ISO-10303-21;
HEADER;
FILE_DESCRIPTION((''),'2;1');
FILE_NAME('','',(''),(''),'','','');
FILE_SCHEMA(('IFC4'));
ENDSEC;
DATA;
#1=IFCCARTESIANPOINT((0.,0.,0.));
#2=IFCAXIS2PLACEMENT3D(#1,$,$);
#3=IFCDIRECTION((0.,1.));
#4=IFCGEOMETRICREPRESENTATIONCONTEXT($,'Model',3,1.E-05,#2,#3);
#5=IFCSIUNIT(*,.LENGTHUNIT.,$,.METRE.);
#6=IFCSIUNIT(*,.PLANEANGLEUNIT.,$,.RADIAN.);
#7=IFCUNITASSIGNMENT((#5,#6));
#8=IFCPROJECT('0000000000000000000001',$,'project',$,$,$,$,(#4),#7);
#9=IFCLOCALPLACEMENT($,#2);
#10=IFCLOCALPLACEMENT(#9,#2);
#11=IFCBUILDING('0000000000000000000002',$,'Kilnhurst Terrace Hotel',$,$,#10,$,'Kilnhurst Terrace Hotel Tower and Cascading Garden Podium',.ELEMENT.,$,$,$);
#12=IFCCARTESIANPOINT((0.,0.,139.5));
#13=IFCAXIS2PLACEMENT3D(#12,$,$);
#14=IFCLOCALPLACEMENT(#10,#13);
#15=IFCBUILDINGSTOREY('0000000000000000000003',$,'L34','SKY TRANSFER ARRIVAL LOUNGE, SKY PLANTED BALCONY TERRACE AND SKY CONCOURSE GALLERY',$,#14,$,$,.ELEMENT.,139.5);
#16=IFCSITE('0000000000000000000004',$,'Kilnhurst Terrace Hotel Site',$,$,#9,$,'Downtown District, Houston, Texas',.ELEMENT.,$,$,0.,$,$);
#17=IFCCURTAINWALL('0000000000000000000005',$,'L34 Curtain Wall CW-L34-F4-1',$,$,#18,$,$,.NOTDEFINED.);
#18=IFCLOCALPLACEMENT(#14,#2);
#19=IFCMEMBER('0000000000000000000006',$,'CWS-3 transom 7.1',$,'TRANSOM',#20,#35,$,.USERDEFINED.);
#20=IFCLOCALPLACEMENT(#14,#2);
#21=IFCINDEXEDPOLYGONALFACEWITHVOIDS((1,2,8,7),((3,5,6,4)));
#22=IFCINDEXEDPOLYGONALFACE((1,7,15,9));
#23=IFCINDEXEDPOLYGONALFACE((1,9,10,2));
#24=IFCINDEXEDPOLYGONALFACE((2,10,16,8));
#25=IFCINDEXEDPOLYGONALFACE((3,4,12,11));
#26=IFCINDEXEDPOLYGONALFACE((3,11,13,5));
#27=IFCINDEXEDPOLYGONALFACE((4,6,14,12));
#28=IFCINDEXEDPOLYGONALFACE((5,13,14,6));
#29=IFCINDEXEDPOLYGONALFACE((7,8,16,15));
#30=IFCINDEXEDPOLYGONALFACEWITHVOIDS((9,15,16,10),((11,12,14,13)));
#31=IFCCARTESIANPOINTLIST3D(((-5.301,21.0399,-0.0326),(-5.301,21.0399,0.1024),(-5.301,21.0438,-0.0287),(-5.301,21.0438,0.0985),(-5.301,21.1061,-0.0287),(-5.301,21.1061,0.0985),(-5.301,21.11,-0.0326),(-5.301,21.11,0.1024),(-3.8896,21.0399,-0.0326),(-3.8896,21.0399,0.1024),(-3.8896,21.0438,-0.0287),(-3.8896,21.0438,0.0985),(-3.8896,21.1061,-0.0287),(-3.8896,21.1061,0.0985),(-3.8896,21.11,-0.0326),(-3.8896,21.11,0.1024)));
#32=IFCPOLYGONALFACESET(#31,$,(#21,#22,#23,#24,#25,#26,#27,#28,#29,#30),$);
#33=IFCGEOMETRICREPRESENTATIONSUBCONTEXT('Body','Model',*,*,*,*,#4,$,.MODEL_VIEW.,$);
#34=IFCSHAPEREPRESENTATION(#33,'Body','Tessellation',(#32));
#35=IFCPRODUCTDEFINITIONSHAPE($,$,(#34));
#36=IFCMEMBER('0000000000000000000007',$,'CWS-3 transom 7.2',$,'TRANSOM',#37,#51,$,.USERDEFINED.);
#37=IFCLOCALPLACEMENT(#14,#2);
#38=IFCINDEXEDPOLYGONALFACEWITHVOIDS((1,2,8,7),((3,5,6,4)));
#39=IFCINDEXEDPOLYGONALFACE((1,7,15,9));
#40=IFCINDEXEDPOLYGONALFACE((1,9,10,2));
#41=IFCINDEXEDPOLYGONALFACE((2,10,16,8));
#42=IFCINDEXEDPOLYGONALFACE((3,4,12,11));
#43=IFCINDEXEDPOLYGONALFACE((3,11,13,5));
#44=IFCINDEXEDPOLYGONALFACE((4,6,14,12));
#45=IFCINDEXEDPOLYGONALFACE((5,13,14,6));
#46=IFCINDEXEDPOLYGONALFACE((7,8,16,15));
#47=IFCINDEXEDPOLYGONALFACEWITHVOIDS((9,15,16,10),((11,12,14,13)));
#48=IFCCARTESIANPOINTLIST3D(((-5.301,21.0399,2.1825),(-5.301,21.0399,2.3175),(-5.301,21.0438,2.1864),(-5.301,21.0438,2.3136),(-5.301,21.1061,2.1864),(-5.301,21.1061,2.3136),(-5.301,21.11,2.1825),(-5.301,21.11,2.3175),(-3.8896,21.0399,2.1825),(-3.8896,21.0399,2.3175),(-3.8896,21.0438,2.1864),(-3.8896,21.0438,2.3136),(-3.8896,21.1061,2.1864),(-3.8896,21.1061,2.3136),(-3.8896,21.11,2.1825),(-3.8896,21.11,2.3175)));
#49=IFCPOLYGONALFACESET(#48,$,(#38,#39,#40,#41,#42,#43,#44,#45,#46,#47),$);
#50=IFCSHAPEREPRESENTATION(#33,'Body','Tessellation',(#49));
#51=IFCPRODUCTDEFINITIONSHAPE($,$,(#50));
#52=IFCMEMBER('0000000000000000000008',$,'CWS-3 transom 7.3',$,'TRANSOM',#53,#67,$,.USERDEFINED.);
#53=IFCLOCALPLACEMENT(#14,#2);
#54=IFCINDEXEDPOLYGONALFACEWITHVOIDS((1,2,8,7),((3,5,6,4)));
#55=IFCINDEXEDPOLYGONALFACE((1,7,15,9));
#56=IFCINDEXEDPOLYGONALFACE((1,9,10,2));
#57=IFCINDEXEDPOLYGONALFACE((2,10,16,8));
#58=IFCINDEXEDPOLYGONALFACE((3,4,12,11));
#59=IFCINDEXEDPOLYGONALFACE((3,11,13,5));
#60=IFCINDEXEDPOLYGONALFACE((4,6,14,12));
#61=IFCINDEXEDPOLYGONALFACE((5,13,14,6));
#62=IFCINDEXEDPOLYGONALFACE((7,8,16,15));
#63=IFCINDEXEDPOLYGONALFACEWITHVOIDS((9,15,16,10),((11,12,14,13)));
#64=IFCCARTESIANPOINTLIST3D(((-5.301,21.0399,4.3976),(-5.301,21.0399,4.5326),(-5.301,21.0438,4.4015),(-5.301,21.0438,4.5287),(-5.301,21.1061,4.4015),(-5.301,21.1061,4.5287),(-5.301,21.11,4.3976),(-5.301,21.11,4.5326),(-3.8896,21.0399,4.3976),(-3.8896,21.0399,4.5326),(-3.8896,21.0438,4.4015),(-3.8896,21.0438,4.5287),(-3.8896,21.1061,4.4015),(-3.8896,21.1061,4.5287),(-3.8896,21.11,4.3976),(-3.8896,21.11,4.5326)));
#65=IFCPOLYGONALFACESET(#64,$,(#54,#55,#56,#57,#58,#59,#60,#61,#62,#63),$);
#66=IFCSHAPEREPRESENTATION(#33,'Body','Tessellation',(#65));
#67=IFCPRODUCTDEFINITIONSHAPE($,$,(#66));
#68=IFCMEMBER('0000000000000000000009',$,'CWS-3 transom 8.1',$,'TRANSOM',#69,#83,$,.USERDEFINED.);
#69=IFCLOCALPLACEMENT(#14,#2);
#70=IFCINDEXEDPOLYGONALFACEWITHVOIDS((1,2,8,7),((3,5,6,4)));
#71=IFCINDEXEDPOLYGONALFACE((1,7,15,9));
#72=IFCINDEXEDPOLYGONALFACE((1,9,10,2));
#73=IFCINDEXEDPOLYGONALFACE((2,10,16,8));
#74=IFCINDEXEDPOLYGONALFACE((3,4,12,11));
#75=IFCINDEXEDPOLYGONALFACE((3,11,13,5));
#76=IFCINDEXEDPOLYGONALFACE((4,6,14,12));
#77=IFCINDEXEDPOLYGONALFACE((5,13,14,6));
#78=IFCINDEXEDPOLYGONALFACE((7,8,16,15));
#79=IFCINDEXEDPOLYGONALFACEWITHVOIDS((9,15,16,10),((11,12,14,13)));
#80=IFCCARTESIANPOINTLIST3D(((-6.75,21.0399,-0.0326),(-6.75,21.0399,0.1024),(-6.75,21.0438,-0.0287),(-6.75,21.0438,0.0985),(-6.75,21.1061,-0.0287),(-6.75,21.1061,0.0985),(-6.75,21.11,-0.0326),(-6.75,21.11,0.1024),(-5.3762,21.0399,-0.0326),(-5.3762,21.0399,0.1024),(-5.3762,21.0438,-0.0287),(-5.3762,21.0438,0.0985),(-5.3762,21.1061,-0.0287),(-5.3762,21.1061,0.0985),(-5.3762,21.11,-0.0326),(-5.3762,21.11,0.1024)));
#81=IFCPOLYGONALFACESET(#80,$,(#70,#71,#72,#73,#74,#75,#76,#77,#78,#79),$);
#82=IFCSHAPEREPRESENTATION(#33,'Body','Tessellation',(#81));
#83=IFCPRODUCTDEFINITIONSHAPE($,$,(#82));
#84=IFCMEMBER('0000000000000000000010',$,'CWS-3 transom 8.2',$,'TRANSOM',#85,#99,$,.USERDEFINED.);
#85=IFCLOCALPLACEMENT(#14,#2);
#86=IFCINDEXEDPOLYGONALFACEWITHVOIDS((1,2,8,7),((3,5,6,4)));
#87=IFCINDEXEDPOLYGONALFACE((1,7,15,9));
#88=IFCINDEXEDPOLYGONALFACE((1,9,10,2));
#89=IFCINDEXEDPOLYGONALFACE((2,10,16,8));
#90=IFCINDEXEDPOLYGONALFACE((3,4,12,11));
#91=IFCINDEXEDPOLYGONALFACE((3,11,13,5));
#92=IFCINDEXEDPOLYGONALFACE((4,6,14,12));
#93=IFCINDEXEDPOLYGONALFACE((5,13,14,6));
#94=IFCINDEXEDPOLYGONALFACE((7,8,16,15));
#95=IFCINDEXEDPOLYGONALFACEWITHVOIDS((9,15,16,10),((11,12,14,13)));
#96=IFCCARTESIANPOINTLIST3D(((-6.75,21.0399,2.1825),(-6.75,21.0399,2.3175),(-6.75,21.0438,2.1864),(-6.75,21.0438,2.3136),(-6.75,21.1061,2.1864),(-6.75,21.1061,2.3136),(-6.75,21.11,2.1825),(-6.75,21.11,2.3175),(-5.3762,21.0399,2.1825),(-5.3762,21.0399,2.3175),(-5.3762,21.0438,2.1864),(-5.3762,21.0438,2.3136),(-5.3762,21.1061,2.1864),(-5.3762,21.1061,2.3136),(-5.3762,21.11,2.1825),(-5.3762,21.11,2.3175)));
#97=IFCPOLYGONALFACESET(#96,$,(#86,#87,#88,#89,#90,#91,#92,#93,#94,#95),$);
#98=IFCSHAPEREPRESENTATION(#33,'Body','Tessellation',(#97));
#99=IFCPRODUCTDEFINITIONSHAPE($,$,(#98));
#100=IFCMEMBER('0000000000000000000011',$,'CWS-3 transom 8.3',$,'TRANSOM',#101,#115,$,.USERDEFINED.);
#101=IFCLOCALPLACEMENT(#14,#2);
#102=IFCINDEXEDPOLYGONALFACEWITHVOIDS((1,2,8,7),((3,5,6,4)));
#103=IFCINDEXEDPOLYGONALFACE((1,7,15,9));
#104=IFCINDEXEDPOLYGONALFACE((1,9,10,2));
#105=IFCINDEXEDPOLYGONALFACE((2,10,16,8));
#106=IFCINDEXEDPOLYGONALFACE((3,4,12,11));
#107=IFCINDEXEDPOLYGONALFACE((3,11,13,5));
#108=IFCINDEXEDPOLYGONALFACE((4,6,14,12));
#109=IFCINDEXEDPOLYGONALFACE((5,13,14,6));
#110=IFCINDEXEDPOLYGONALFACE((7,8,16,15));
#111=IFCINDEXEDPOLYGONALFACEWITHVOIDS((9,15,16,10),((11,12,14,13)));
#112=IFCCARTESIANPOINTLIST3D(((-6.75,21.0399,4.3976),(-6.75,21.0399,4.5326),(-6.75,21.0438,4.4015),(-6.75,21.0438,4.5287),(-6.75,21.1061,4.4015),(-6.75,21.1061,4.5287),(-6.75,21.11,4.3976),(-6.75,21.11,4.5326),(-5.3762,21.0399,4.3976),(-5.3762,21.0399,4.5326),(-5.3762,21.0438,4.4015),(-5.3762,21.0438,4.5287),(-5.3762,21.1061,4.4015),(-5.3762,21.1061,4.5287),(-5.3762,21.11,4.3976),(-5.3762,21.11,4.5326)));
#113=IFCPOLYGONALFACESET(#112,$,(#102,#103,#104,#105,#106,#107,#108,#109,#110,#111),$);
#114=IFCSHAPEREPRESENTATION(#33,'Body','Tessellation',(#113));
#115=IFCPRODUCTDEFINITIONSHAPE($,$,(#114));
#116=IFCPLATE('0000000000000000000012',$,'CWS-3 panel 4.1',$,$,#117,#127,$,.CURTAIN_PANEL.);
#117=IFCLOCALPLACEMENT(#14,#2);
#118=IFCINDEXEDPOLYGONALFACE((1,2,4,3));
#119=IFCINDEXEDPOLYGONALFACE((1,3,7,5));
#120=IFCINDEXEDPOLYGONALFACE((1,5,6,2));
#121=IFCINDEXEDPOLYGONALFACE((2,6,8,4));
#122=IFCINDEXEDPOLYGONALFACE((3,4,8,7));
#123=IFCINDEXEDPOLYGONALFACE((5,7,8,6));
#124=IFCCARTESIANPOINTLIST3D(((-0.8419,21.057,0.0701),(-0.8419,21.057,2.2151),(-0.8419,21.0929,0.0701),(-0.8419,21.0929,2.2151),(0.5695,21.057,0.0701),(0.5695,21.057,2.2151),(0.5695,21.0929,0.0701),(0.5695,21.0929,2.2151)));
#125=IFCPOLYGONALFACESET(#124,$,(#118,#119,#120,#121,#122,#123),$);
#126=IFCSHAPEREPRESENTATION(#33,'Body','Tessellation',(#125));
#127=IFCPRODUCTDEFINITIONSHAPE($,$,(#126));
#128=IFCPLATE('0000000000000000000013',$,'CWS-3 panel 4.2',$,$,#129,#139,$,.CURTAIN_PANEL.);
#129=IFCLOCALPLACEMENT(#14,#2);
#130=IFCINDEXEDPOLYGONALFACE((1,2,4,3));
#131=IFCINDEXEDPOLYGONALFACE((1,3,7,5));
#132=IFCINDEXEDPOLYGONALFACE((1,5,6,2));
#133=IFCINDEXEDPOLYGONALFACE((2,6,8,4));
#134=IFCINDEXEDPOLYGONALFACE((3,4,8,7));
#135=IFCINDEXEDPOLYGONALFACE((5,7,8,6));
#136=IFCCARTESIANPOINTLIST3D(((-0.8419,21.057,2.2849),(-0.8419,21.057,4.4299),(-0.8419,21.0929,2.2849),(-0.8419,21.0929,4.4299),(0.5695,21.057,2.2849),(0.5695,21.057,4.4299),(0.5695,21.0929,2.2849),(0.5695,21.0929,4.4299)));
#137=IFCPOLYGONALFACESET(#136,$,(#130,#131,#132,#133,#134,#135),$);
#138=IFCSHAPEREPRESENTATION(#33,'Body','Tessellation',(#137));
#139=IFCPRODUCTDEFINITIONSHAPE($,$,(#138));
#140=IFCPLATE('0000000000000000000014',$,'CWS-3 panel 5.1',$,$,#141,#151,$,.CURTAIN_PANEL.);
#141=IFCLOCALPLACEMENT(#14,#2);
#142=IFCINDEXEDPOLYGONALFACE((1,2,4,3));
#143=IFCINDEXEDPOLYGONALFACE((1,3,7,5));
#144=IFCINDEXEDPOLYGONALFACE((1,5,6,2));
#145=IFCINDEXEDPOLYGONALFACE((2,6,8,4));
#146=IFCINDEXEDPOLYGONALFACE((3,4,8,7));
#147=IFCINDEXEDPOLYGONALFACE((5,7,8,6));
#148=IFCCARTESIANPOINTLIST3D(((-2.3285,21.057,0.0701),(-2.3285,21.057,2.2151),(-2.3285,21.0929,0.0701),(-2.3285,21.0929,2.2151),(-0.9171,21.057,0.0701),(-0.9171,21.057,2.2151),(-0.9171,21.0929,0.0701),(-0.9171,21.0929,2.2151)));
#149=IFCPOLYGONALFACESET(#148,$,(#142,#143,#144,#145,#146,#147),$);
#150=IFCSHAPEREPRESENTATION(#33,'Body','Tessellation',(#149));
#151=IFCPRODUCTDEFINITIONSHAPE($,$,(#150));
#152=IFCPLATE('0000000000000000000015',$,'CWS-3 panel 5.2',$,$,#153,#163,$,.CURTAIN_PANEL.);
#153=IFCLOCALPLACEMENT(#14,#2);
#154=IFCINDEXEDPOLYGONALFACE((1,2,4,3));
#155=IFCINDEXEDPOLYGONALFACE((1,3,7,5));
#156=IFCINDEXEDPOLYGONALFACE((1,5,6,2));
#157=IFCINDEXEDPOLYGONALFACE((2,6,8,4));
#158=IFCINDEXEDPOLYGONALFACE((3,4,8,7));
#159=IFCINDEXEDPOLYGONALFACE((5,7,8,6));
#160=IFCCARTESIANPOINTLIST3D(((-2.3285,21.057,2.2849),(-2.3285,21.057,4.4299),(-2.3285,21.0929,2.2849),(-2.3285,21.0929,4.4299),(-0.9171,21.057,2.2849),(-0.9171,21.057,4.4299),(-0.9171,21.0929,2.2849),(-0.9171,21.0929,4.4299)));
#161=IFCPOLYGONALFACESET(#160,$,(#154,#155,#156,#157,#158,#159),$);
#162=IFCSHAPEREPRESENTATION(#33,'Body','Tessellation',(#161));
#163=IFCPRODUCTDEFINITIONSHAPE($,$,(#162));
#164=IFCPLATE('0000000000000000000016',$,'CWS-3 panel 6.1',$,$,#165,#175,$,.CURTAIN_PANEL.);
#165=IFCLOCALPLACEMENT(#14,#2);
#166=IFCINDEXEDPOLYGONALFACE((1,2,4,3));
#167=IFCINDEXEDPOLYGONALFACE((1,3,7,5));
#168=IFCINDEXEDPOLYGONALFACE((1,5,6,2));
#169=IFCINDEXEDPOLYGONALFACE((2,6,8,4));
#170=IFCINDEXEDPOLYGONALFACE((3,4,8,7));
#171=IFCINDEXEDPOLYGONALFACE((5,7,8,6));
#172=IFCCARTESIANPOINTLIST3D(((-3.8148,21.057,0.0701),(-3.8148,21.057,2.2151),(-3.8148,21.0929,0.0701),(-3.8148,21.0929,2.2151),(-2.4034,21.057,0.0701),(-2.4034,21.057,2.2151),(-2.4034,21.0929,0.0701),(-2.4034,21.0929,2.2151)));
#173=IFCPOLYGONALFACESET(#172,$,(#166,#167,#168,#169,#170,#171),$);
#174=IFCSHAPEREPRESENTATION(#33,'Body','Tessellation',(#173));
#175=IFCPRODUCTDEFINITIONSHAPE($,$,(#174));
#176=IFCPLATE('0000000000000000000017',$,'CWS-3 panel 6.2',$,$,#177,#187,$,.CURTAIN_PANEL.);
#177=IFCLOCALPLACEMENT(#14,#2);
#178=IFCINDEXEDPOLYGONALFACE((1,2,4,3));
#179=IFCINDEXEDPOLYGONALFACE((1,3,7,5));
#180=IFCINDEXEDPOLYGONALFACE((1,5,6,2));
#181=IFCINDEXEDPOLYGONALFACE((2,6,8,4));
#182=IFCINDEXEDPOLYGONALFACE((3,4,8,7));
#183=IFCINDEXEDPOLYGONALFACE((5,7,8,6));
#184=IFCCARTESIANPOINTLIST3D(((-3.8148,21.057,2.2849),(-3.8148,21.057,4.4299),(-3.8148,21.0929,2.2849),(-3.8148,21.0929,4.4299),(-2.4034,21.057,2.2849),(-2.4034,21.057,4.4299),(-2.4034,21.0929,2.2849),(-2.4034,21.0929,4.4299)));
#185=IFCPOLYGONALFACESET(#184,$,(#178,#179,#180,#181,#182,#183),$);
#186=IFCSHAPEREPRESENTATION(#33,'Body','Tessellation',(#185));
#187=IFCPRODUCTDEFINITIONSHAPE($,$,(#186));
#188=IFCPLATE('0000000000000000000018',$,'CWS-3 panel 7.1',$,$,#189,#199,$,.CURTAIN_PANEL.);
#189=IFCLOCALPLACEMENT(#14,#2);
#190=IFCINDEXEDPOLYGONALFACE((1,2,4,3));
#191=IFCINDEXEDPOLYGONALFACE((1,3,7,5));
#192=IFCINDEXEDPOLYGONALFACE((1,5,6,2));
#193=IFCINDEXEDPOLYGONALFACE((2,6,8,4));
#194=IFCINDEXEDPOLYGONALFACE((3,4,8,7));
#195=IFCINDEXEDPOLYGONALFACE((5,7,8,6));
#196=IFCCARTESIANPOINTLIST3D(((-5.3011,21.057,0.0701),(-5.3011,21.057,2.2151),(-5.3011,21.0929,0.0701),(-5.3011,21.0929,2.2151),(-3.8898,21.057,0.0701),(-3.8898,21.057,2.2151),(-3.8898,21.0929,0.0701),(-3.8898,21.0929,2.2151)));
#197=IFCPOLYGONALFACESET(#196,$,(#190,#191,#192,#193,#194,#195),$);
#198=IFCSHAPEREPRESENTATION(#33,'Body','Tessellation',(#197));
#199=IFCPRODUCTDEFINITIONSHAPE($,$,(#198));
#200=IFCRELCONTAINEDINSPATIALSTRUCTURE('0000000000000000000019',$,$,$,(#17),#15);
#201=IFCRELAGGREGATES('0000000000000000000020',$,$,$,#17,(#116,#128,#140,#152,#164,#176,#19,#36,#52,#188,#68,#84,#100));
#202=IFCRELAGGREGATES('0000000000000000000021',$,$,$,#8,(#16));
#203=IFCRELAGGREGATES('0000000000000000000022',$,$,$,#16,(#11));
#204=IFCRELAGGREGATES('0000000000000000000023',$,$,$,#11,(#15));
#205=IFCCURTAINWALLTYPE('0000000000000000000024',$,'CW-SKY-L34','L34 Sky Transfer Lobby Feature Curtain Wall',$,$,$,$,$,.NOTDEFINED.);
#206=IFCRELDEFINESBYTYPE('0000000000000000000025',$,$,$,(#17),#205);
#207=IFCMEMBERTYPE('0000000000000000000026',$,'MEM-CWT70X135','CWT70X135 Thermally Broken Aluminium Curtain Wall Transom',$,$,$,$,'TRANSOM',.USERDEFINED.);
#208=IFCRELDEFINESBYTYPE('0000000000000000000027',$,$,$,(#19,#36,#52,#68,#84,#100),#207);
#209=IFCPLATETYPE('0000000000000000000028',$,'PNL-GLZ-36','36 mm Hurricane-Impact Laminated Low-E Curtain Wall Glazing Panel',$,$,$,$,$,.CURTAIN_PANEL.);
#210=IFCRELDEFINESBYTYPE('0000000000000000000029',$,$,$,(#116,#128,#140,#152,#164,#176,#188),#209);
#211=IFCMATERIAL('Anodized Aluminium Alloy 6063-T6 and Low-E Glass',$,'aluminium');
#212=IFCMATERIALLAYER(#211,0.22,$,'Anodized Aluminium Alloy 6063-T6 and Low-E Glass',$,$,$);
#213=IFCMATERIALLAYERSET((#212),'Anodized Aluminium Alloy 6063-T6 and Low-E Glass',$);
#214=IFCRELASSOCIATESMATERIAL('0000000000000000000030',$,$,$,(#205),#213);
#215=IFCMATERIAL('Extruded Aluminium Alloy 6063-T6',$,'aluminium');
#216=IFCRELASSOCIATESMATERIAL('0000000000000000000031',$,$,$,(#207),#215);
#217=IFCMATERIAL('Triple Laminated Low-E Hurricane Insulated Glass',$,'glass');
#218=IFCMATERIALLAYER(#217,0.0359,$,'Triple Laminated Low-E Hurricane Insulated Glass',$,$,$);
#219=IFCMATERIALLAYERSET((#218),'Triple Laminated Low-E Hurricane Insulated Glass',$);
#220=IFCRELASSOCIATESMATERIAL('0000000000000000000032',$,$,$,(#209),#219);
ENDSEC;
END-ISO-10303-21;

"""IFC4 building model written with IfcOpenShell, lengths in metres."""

from ifc_helpers import new_model, si_unit, direction, frame, origin, origin_2d, place, context, subcontext, project, spatial, rectangle, hollow_rectangle, extrude, material, layer, layer_set, material_profile, profile_set, type_object, element, aggregate, save


model = new_model("IFC4")

# Units and contexts
model_context = context("Model", 3, precision=1e-05, world=origin(), true_north=direction((0.0, 1.0)))
body_context = subcontext(model_context, "Body", "Model", "MODEL_VIEW")
ifc_project = project(units=[si_unit("LENGTHUNIT", "METRE"), si_unit("PLANEANGLEUNIT", "RADIAN")], contexts=[model_context])

# Site, building, storey
site_placement = place(None, origin())
site = spatial("IfcSite", under=ifc_project, at=site_placement, Name="Kilnhurst Terrace Hotel Site", LongName="Downtown District, Houston, Texas", CompositionType="ELEMENT", RefElevation=0.0)
building_placement = place(site_placement, origin())
building = spatial("IfcBuilding", under=site, at=building_placement, Name="Kilnhurst Terrace Hotel", LongName="Kilnhurst Terrace Hotel Tower and Cascading Garden Podium", CompositionType="ELEMENT")
storey_placement = place(building_placement, frame((0.0, 0.0, 139.5)))
storey = spatial("IfcBuildingStorey", under=building, at=storey_placement, Name="L34", Description="SKY TRANSFER ARRIVAL LOUNGE, SKY PLANTED BALCONY TERRACE AND SKY CONCOURSE GALLERY", CompositionType="ELEMENT", Elevation=139.5)

# Curtain wall, members, plates
ifc_material_1 = material(Name="Anodized Aluminium Alloy 6063-T6 and Low-E Glass", Category="aluminium")
ifc_layer_1 = layer(ifc_material_1, 0.22, Name="Anodized Aluminium Alloy 6063-T6 and Low-E Glass")
ifc_layer_set_1 = layer_set([ifc_layer_1], Name="Anodized Aluminium Alloy 6063-T6 and Low-E Glass")
curtain_wall_type = type_object("IfcCurtainWallType", Name="CW-SKY-L34", Description="L34 Sky Transfer Lobby Feature Curtain Wall", PredefinedType="NOTDEFINED", material=ifc_layer_set_1)
curtain_wall_placement = place(storey_placement, origin())
curtain_wall = element("IfcCurtainWall", 1, at=curtain_wall_placement, inside=storey, type_object=curtain_wall_type, Name="L34 Curtain Wall CW-L34-F4-1", PredefinedType="NOTDEFINED")
ifc_material_2 = material(Name="Extruded Aluminium Alloy 6063-T6", Category="aluminium")
ifc_material_profile_1 = material_profile(ifc_material_2, hollow_rectangle(XDim=0.0701, YDim=0.135, WallThickness=0.0039, at=origin_2d()), Name="CWT70X135")
ifc_profile_set_1 = profile_set([ifc_material_profile_1], Name="Extruded Aluminium Alloy 6063-T6")
member_type_1 = type_object("IfcMemberType", Name="MEM-CWT70X135", Description="CWT70X135 Thermally Broken Aluminium Curtain Wall Transom", ElementType="TRANSOM", PredefinedType="USERDEFINED", material=ifc_profile_set_1)
member_1_placement = place(storey_placement, frame((-3.8896, 21.075, 0.0349), z_axis=(-1.0, 0.0, 0.0), x_axis=(0.0, -1.0, 0.0)))
member_1 = element("IfcMember", 2, at=member_1_placement, type_object=member_type_1, Name="CWS-3 transom 7.1", ObjectType="TRANSOM", PredefinedType="USERDEFINED", context=body_context, shape_type="SweptSolid", body=[
    extrude(hollow_rectangle(XDim=0.0701, YDim=0.135, WallThickness=0.0039, at=origin_2d()), origin(), (0.0, 0.0, 1.0), 1.4114),
])
member_2_placement = place(storey_placement, frame((-3.8896, 21.075, 2.25), z_axis=(-1.0, 0.0, 0.0), x_axis=(0.0, -1.0, 0.0)))
member_2 = element("IfcMember", 3, at=member_2_placement, type_object=member_type_1, Name="CWS-3 transom 7.2", ObjectType="TRANSOM", PredefinedType="USERDEFINED", context=body_context, shape_type="SweptSolid", body=[
    extrude(hollow_rectangle(XDim=0.0701, YDim=0.135, WallThickness=0.0039, at=origin_2d()), origin(), (0.0, 0.0, 1.0), 1.4114),
])
member_3_placement = place(storey_placement, frame((-3.8896, 21.075, 4.4651), z_axis=(-1.0, 0.0, 0.0), x_axis=(0.0, -1.0, 0.0)))
member_3 = element("IfcMember", 4, at=member_3_placement, type_object=member_type_1, Name="CWS-3 transom 7.3", ObjectType="TRANSOM", PredefinedType="USERDEFINED", context=body_context, shape_type="SweptSolid", body=[
    extrude(hollow_rectangle(XDim=0.0701, YDim=0.135, WallThickness=0.0039, at=origin_2d()), origin(), (0.0, 0.0, 1.0), 1.4114),
])
member_4_placement = place(storey_placement, frame((-5.3762, 21.075, 0.0349), z_axis=(-1.0, 0.0, 0.0), x_axis=(0.0, -1.0, 0.0)))
member_4 = element("IfcMember", 5, at=member_4_placement, type_object=member_type_1, Name="CWS-3 transom 8.1", ObjectType="TRANSOM", PredefinedType="USERDEFINED", context=body_context, shape_type="SweptSolid", body=[
    extrude(hollow_rectangle(XDim=0.0701, YDim=0.135, WallThickness=0.0039, at=origin_2d()), origin(), (0.0, 0.0, 1.0), 1.3738),
])
member_5_placement = place(storey_placement, frame((-5.3762, 21.075, 2.25), z_axis=(-1.0, 0.0, 0.0), x_axis=(0.0, -1.0, 0.0)))
member_5 = element("IfcMember", 6, at=member_5_placement, type_object=member_type_1, Name="CWS-3 transom 8.2", ObjectType="TRANSOM", PredefinedType="USERDEFINED", context=body_context, shape_type="SweptSolid", body=[
    extrude(hollow_rectangle(XDim=0.0701, YDim=0.135, WallThickness=0.0039, at=origin_2d()), origin(), (0.0, 0.0, 1.0), 1.3738),
])
member_6_placement = place(storey_placement, frame((-5.3762, 21.075, 4.4651), z_axis=(-1.0, 0.0, 0.0), x_axis=(0.0, -1.0, 0.0)))
member_6 = element("IfcMember", 7, at=member_6_placement, type_object=member_type_1, Name="CWS-3 transom 8.3", ObjectType="TRANSOM", PredefinedType="USERDEFINED", context=body_context, shape_type="SweptSolid", body=[
    extrude(hollow_rectangle(XDim=0.0701, YDim=0.135, WallThickness=0.0039, at=origin_2d()), origin(), (0.0, 0.0, 1.0), 1.3738),
])
ifc_material_3 = material(Name="Triple Laminated Low-E Hurricane Insulated Glass", Category="glass")
ifc_layer_2 = layer(ifc_material_3, 0.0359, Name="Triple Laminated Low-E Hurricane Insulated Glass")
ifc_layer_set_2 = layer_set([ifc_layer_2], Name="Triple Laminated Low-E Hurricane Insulated Glass")
plate_type = type_object("IfcPlateType", Name="PNL-GLZ-36", Description="36 mm Hurricane-Impact Laminated Low-E Curtain Wall Glazing Panel", PredefinedType="CURTAIN_PANEL", material=ifc_layer_set_2)
plate_1_placement = place(storey_placement, frame((-0.1362, 21.075, 0.0701), z_axis=(0.0, 0.0, 1.0), x_axis=(-1.0, 0.0, 0.0)))
plate_1 = element("IfcPlate", 8, at=plate_1_placement, type_object=plate_type, Name="CWS-3 panel 4.1", PredefinedType="CURTAIN_PANEL", context=body_context, shape_type="SweptSolid", body=[
    extrude(rectangle(XDim=1.4114, YDim=0.0359, at=origin_2d()), origin(), (0.0, 0.0, 1.0), 2.145),
])
plate_2_placement = place(storey_placement, frame((-0.1362, 21.075, 2.2849), z_axis=(0.0, 0.0, 1.0), x_axis=(-1.0, 0.0, 0.0)))
plate_2 = element("IfcPlate", 9, at=plate_2_placement, type_object=plate_type, Name="CWS-3 panel 4.2", PredefinedType="CURTAIN_PANEL", context=body_context, shape_type="SweptSolid", body=[
    extrude(rectangle(XDim=1.4114, YDim=0.0359, at=origin_2d()), origin(), (0.0, 0.0, 1.0), 2.145),
])
plate_3_placement = place(storey_placement, frame((-1.6228, 21.075, 0.0701), z_axis=(0.0, 0.0, 1.0), x_axis=(-1.0, 0.0, 0.0)))
plate_3 = element("IfcPlate", 10, at=plate_3_placement, type_object=plate_type, Name="CWS-3 panel 5.1", PredefinedType="CURTAIN_PANEL", context=body_context, shape_type="SweptSolid", body=[
    extrude(rectangle(XDim=1.4114, YDim=0.0359, at=origin_2d()), origin(), (0.0, 0.0, 1.0), 2.145),
])
plate_4_placement = place(storey_placement, frame((-1.6228, 21.075, 2.2849), z_axis=(0.0, 0.0, 1.0), x_axis=(-1.0, 0.0, 0.0)))
plate_4 = element("IfcPlate", 11, at=plate_4_placement, type_object=plate_type, Name="CWS-3 panel 5.2", PredefinedType="CURTAIN_PANEL", context=body_context, shape_type="SweptSolid", body=[
    extrude(rectangle(XDim=1.4114, YDim=0.0359, at=origin_2d()), origin(), (0.0, 0.0, 1.0), 2.145),
])
plate_5_placement = place(storey_placement, frame((-3.1091, 21.075, 0.0701), z_axis=(0.0, 0.0, 1.0), x_axis=(-1.0, 0.0, 0.0)))
plate_5 = element("IfcPlate", 12, at=plate_5_placement, type_object=plate_type, Name="CWS-3 panel 6.1", PredefinedType="CURTAIN_PANEL", context=body_context, shape_type="SweptSolid", body=[
    extrude(rectangle(XDim=1.4114, YDim=0.0359, at=origin_2d()), origin(), (0.0, 0.0, 1.0), 2.145),
])
plate_6_placement = place(storey_placement, frame((-3.1091, 21.075, 2.2849), z_axis=(0.0, 0.0, 1.0), x_axis=(-1.0, 0.0, 0.0)))
plate_6 = element("IfcPlate", 13, at=plate_6_placement, type_object=plate_type, Name="CWS-3 panel 6.2", PredefinedType="CURTAIN_PANEL", context=body_context, shape_type="SweptSolid", body=[
    extrude(rectangle(XDim=1.4114, YDim=0.0359, at=origin_2d()), origin(), (0.0, 0.0, 1.0), 2.145),
])
plate_7_placement = place(storey_placement, frame((-4.5955, 21.075, 0.0701), z_axis=(0.0, 0.0, 1.0), x_axis=(-1.0, 0.0, 0.0)))
plate_7 = element("IfcPlate", 14, at=plate_7_placement, type_object=plate_type, Name="CWS-3 panel 7.1", PredefinedType="CURTAIN_PANEL", context=body_context, shape_type="SweptSolid", body=[
    extrude(rectangle(XDim=1.4114, YDim=0.0359, at=origin_2d()), origin(), (0.0, 0.0, 1.0), 2.145),
])
aggregate(curtain_wall, [plate_1, plate_2, plate_3, plate_4, plate_5, plate_6, member_1, member_2, member_3, plate_7, member_4, member_5, member_6])

save(model, "model.ifc")
